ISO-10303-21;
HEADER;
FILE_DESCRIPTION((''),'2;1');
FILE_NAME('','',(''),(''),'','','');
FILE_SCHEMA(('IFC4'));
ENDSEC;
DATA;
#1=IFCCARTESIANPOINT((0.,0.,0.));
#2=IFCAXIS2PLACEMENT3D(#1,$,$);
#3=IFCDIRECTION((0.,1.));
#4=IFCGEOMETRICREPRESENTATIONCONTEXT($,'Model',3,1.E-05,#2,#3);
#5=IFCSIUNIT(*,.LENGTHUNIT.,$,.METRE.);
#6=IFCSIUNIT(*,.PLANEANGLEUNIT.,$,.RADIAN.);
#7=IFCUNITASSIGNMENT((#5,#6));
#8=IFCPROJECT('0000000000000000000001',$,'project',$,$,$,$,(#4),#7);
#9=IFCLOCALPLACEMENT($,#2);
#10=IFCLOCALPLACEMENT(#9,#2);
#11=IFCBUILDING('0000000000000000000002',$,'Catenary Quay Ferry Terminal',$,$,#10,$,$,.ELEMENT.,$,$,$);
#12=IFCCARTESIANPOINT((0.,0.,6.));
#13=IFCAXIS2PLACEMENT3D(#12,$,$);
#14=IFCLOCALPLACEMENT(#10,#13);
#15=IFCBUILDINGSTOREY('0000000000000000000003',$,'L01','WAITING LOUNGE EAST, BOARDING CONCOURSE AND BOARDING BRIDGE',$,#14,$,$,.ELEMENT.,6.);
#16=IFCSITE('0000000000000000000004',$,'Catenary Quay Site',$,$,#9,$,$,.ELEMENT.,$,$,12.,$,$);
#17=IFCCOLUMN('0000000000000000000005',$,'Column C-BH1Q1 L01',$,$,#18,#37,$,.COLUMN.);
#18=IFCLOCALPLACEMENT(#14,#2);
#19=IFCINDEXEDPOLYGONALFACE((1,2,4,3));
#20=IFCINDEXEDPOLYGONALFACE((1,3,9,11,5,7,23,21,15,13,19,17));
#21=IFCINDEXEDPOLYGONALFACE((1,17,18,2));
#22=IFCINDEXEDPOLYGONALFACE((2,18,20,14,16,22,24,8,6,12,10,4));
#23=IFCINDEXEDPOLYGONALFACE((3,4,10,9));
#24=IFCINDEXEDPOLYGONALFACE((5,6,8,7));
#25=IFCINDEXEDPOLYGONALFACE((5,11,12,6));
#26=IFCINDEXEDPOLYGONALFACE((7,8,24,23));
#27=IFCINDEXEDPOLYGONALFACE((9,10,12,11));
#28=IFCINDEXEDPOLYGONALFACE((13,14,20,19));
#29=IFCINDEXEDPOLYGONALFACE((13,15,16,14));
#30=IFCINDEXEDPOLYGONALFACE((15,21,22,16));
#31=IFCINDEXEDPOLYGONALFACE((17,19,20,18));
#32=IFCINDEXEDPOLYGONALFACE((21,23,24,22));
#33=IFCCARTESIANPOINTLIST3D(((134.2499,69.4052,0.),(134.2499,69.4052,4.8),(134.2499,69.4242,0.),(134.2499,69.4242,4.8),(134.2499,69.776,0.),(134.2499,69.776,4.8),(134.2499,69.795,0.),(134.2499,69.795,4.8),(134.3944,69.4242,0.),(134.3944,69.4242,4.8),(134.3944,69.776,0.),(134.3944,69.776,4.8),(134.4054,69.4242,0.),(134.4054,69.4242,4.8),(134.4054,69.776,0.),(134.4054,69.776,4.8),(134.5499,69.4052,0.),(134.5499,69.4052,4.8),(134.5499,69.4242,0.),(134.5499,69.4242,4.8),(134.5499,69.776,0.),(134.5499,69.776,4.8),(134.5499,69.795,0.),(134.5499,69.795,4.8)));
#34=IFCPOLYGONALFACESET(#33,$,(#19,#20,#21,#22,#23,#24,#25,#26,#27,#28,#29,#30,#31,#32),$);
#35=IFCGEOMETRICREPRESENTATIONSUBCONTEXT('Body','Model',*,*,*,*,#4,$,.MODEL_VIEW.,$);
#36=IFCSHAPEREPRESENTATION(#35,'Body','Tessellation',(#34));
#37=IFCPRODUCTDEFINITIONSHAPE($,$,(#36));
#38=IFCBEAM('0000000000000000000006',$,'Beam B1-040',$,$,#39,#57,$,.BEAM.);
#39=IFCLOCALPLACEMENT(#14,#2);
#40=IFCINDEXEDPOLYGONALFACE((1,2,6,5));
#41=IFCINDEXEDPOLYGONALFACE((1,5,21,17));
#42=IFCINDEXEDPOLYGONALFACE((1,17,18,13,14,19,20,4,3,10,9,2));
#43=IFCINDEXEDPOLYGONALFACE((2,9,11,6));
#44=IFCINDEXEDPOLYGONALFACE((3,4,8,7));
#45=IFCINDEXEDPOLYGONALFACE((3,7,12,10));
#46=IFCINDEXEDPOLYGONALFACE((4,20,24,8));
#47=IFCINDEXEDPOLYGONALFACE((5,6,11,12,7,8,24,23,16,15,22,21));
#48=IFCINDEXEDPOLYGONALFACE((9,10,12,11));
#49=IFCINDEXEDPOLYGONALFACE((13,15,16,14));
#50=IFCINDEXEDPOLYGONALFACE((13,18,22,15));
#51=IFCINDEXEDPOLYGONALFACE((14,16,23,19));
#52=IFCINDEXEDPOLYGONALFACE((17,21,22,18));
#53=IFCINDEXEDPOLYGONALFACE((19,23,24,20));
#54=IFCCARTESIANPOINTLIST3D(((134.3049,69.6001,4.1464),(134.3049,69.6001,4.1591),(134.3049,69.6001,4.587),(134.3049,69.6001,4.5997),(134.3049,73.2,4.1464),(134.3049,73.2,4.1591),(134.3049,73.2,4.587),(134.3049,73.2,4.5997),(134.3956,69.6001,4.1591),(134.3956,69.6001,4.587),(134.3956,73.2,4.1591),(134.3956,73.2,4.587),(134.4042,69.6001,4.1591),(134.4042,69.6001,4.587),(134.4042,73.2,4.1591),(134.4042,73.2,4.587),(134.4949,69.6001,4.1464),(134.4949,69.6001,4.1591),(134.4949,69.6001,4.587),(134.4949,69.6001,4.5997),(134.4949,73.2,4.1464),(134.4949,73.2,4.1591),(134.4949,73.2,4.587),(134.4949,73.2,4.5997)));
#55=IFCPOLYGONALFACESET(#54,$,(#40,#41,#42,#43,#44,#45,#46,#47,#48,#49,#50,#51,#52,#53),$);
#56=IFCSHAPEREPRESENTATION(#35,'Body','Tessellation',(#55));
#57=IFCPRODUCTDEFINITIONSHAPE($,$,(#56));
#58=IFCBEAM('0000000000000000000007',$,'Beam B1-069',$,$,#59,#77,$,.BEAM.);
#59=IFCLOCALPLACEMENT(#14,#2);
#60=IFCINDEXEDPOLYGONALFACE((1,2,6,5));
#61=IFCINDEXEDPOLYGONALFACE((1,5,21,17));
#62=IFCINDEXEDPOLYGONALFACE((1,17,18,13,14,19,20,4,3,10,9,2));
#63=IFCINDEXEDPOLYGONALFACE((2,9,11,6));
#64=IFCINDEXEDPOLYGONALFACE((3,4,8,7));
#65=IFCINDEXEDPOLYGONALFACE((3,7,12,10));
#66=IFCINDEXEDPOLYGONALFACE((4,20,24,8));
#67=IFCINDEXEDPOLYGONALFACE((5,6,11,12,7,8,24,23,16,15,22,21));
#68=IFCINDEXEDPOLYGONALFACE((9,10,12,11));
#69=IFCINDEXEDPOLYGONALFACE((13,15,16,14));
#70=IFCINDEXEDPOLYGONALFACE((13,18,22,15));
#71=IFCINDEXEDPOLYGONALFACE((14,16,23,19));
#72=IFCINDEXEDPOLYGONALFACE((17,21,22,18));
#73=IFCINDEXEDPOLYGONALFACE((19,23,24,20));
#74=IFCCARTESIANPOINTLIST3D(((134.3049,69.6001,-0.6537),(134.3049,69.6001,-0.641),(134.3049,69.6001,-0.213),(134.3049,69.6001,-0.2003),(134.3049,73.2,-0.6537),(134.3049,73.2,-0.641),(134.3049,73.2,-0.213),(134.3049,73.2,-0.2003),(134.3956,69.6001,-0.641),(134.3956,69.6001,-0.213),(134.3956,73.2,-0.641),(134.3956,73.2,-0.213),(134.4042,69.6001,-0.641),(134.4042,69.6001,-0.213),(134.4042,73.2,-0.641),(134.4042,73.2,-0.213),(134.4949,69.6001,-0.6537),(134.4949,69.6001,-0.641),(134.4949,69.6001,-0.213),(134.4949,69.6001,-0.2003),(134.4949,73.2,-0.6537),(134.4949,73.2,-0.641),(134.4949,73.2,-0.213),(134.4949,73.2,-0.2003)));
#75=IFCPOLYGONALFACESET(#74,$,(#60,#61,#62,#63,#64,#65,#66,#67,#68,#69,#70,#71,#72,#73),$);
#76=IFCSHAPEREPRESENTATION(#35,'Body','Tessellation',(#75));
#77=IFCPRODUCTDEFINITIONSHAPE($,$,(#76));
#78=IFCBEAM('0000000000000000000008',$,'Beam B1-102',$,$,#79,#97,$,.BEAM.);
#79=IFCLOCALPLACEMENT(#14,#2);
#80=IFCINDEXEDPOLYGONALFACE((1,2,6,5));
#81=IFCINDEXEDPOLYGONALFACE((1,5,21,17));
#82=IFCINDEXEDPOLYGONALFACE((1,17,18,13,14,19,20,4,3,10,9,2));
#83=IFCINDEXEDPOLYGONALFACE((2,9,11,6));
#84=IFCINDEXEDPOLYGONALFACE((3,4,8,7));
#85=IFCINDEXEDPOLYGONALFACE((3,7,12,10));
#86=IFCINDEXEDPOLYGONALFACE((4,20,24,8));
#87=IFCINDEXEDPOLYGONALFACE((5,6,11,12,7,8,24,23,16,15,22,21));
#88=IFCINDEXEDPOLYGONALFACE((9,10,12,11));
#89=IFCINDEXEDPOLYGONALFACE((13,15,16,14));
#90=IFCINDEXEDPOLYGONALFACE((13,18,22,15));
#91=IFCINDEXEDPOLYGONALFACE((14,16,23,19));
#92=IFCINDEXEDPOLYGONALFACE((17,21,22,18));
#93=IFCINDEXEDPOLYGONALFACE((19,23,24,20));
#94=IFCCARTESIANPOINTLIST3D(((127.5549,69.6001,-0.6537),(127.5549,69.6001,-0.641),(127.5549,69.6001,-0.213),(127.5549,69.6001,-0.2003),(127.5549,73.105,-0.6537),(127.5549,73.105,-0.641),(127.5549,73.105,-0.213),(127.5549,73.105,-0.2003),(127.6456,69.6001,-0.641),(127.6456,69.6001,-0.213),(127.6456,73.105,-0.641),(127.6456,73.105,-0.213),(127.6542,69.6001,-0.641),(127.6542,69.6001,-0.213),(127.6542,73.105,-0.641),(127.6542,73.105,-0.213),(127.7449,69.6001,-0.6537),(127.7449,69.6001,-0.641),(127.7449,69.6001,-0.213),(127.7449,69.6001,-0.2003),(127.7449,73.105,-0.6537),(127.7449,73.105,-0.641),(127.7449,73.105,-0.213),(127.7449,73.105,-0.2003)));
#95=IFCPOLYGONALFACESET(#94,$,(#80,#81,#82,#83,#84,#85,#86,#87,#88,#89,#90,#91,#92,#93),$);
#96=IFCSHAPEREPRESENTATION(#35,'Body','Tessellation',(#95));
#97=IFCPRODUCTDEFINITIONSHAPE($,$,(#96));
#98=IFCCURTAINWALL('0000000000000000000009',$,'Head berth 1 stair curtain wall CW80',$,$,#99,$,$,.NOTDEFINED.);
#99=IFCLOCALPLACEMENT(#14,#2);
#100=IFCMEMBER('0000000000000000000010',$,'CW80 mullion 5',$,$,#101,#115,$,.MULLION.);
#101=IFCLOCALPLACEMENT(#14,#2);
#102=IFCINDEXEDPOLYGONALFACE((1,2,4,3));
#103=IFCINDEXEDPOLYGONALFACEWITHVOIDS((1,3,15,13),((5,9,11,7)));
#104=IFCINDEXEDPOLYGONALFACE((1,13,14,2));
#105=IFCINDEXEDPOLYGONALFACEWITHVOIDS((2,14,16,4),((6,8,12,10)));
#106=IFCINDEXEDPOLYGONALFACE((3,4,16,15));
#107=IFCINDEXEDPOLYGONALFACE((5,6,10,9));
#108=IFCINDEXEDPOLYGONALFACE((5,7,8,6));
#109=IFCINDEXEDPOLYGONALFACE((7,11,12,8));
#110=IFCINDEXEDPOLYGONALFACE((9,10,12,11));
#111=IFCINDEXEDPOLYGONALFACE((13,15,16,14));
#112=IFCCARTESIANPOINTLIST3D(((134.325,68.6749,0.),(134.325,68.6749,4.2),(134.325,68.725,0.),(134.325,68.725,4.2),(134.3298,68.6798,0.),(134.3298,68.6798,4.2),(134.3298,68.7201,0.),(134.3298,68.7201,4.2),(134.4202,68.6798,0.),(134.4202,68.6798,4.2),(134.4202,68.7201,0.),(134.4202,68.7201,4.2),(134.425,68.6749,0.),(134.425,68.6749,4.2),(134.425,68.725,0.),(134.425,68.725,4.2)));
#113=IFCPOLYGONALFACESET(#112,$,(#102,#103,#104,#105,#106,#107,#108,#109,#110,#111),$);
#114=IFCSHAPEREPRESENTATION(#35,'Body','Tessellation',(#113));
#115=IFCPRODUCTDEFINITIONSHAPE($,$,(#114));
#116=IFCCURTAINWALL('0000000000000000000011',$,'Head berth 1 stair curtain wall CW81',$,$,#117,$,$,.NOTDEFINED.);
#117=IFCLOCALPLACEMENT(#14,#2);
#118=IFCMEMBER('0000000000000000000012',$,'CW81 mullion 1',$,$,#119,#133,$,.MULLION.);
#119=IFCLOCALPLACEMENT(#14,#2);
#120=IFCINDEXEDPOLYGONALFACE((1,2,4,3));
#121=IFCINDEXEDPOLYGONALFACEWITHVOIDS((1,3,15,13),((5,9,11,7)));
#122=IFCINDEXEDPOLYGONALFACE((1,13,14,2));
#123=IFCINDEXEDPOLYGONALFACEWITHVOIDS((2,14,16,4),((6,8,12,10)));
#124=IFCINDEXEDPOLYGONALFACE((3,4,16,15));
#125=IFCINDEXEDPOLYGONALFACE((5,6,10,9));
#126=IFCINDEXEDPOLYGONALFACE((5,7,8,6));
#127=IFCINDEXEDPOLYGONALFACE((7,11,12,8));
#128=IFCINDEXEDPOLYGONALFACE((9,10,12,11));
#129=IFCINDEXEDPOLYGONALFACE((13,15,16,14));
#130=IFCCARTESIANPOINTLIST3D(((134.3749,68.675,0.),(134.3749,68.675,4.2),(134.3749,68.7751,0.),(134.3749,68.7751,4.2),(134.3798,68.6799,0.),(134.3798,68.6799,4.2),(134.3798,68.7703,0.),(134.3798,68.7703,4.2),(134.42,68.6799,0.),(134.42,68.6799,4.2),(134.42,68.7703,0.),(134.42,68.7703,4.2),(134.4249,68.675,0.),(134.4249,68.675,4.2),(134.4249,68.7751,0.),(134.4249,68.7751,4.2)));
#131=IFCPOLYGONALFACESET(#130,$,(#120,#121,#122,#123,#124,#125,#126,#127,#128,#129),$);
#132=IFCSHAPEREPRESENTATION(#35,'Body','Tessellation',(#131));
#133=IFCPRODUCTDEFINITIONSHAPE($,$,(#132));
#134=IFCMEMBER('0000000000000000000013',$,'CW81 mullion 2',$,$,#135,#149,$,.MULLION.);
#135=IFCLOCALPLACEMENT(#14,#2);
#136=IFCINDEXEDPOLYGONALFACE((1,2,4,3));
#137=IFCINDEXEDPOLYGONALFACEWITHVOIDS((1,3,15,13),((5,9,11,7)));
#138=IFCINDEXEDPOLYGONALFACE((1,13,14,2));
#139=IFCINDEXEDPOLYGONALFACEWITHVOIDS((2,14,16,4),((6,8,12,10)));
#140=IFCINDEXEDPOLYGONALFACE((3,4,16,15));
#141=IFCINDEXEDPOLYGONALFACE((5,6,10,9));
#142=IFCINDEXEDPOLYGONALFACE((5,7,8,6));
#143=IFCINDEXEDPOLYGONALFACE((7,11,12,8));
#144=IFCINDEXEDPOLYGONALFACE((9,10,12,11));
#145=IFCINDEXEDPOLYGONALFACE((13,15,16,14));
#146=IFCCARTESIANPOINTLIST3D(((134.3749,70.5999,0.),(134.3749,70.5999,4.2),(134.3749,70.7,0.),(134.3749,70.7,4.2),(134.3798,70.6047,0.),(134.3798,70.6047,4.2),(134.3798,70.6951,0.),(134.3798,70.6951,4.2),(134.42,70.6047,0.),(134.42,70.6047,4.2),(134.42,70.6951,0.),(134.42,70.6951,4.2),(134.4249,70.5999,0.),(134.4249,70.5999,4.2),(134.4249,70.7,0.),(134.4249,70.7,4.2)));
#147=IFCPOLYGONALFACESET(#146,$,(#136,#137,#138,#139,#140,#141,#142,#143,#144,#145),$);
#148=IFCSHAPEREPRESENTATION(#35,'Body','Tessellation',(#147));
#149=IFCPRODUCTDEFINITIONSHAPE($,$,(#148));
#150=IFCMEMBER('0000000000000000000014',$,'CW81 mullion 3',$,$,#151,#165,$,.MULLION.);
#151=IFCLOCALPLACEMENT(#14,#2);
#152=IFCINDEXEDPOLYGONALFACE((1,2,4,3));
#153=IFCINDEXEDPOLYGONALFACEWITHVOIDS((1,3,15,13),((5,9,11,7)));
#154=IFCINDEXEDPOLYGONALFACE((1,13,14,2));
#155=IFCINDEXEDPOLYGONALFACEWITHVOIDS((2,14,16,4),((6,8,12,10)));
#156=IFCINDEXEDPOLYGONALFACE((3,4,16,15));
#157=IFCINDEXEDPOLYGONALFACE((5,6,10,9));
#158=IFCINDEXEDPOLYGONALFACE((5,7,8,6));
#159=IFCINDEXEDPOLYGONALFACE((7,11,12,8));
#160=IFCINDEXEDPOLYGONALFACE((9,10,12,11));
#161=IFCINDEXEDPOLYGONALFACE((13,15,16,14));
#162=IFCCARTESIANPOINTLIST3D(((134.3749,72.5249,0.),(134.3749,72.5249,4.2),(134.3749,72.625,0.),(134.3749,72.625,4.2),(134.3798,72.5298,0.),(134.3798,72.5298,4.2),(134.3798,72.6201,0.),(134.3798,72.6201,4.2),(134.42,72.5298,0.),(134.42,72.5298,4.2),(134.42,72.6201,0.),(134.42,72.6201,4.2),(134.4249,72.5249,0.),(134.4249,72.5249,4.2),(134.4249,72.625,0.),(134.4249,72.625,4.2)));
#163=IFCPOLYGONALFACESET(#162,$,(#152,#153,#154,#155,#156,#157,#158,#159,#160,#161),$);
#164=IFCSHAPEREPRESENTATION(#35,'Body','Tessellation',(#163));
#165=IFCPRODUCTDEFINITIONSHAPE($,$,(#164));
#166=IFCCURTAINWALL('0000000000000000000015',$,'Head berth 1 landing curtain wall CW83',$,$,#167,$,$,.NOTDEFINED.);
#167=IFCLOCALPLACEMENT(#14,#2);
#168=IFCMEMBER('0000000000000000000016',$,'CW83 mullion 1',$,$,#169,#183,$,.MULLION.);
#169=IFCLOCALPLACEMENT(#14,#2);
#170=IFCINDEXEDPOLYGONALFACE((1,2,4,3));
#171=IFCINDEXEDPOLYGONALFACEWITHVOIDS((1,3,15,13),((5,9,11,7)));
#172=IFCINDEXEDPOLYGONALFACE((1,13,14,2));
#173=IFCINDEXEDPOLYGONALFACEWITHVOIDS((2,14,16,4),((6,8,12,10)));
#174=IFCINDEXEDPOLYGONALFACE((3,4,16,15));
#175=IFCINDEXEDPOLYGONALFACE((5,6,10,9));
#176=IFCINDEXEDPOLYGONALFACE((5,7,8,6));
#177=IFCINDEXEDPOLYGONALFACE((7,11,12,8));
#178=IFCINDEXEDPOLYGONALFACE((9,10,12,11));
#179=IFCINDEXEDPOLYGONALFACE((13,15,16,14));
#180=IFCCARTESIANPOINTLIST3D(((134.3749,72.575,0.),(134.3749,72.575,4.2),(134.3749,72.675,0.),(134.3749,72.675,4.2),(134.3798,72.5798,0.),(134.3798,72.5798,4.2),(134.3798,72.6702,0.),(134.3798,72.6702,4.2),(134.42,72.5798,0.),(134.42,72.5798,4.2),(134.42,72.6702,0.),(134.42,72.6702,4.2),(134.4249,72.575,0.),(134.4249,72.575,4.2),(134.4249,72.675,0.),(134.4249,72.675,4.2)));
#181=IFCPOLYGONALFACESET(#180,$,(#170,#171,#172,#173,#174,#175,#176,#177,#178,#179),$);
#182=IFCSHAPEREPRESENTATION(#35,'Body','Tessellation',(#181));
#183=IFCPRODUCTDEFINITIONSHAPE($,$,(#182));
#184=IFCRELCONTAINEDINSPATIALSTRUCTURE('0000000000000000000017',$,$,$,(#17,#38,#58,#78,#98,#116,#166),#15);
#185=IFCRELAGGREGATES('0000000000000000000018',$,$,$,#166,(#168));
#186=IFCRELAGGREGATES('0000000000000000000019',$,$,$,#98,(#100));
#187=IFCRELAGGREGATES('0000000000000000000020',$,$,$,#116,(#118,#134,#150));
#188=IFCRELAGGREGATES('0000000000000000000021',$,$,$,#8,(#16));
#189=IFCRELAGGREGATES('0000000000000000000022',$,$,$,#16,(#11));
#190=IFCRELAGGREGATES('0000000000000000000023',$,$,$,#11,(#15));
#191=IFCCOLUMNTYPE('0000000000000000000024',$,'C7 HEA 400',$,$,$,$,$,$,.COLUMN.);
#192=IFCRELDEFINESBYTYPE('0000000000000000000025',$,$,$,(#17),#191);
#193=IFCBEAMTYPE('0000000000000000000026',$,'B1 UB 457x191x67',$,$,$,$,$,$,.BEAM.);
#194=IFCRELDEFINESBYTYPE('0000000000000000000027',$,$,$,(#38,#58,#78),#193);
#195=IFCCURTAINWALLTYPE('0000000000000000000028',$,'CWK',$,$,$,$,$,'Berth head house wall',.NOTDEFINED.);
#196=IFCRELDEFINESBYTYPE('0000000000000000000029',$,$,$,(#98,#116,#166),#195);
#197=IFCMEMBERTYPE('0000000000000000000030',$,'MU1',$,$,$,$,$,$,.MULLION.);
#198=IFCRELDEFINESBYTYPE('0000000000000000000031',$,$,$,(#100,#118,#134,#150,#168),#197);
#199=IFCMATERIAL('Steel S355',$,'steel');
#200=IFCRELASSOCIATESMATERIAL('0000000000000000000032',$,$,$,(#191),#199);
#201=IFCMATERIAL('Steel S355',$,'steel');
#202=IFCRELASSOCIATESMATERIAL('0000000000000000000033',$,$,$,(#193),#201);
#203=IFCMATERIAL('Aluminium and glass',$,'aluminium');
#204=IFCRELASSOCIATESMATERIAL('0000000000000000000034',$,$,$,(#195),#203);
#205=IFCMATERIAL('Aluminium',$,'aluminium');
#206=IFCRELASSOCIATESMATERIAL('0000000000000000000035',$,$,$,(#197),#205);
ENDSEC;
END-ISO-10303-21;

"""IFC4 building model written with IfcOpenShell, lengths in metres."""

from ifc_helpers import new_model, si_unit, direction, frame, origin, origin_2d, place, context, subcontext, project, spatial, hollow_rectangle, i_section, extrude, material, material_profile, profile_set, type_object, element, aggregate, save


model = new_model("IFC4")

# Units and contexts
model_context = context("Model", 3, precision=1e-05, world=origin(), true_north=direction((0.0, 1.0)))
body_context = subcontext(model_context, "Body", "Model", "MODEL_VIEW")
ifc_project = project(units=[si_unit("LENGTHUNIT", "METRE"), si_unit("PLANEANGLEUNIT", "RADIAN")], contexts=[model_context])

# Site, building, storey
site_placement = place(None, origin())
site = spatial("IfcSite", under=ifc_project, at=site_placement, Name="Catenary Quay Site", CompositionType="ELEMENT", RefElevation=12.0)
building_placement = place(site_placement, origin())
building = spatial("IfcBuilding", under=site, at=building_placement, Name="Catenary Quay Ferry Terminal", CompositionType="ELEMENT")
storey_placement = place(building_placement, frame((0.0, 0.0, 6.0)))
storey = spatial("IfcBuildingStorey", under=building, at=storey_placement, Name="L01", Description="WAITING LOUNGE EAST, BOARDING CONCOURSE AND BOARDING BRIDGE", CompositionType="ELEMENT", Elevation=6.0)

# Column
ifc_material_1 = material(Name="Steel S355", Category="steel")
ifc_material_profile_1 = material_profile(ifc_material_1, i_section(OverallWidth=0.3, OverallDepth=0.3899, WebThickness=0.011, FlangeThickness=0.019, at=origin_2d()), Name="HEA 400")
ifc_profile_set_1 = profile_set([ifc_material_profile_1], Name="Steel S355")
column_type = type_object("IfcColumnType", Name="C7 HEA 400", PredefinedType="COLUMN", material=ifc_profile_set_1)
column_placement = place(storey_placement, frame((134.3999, 69.6001, 0.0), z_axis=(0.0, 0.0, 1.0), x_axis=(1.0, 0.0, 0.0)))
element("IfcColumn", 1, at=column_placement, inside=storey, type_object=column_type, Name="Column C-BH1Q1 L01", PredefinedType="COLUMN", context=body_context, shape_type="SweptSolid", body=[
    extrude(i_section(OverallWidth=0.3, OverallDepth=0.3899, WebThickness=0.011, FlangeThickness=0.019, at=origin_2d()), origin(), (0.0, 0.0, 1.0), 4.8),
])

# Beams
ifc_material_2 = material(Name="Steel S355", Category="steel")
ifc_material_profile_2 = material_profile(ifc_material_2, i_section(OverallWidth=0.1899, OverallDepth=0.4534, WebThickness=0.0085, FlangeThickness=0.0127, at=origin_2d()), Name="UB 457x191x67")
ifc_profile_set_2 = profile_set([ifc_material_profile_2], Name="Steel S355")
beam_type = type_object("IfcBeamType", Name="B1 UB 457x191x67", PredefinedType="BEAM", material=ifc_profile_set_2)
for number, where, z_axis, x_axis, name in (
    (2, (134.3999, 69.6001, 4.373), (0.0, 1.0, 0.0), (-1.0, 0.0, 0.0), "Beam B1-040"),
    (3, (134.3999, 69.6001, -0.427), (0.0, 1.0, 0.0), (-1.0, 0.0, 0.0), "Beam B1-069"),
):
    element("IfcBeam", number, at=place(storey_placement, frame(where, z_axis=z_axis, x_axis=x_axis)), inside=storey, type_object=beam_type, Name=name, PredefinedType="BEAM", context=body_context, shape_type="SweptSolid", body=[
        extrude(i_section(OverallWidth=0.1899, OverallDepth=0.4534, WebThickness=0.0085, FlangeThickness=0.0127, at=origin_2d()), origin(), (0.0, 0.0, 1.0), 3.5999),
    ])
beam_placement = place(storey_placement, frame((127.6499, 69.6001, -0.427), z_axis=(0.0, 1.0, 0.0), x_axis=(-1.0, 0.0, 0.0)))
element("IfcBeam", 4, at=beam_placement, inside=storey, type_object=beam_type, Name="Beam B1-102", PredefinedType="BEAM", context=body_context, shape_type="SweptSolid", body=[
    extrude(i_section(OverallWidth=0.1899, OverallDepth=0.4534, WebThickness=0.0085, FlangeThickness=0.0127, at=origin_2d()), origin(), (0.0, 0.0, 1.0), 3.5049),
])

# Curtain wall, member
ifc_material_3 = material(Name="Aluminium and glass", Category="aluminium")
curtain_wall_type = type_object("IfcCurtainWallType", Name="CWK", ElementType="Berth head house wall", PredefinedType="NOTDEFINED", material=ifc_material_3)
curtain_wall_1_placement = place(storey_placement, origin())
curtain_wall_1 = element("IfcCurtainWall", 5, at=curtain_wall_1_placement, inside=storey, type_object=curtain_wall_type, Name="Head berth 1 stair curtain wall CW80", PredefinedType="NOTDEFINED")
ifc_material_4 = material(Name="Aluminium", Category="aluminium")
ifc_material_profile_3 = material_profile(ifc_material_4, hollow_rectangle(XDim=0.05, YDim=0.1001, WallThickness=0.0049, at=origin_2d()), Name="MU1")
ifc_profile_set_3 = profile_set([ifc_material_profile_3], Name="Aluminium")
member_type_1 = type_object("IfcMemberType", Name="MU1", PredefinedType="MULLION", material=ifc_profile_set_3)
member_1_placement = place(storey_placement, frame((134.375, 68.7, 0.0), z_axis=(0.0, 0.0, 1.0), x_axis=(0.0, 1.0, 0.0)))
member_1 = element("IfcMember", 6, at=member_1_placement, type_object=member_type_1, Name="CW80 mullion 5", PredefinedType="MULLION", context=body_context, shape_type="SweptSolid", body=[
    extrude(hollow_rectangle(XDim=0.05, YDim=0.1001, WallThickness=0.0049, at=origin_2d()), origin(), (0.0, 0.0, 1.0), 4.2),
])

# Curtain wall, members
curtain_wall_2_placement = place(storey_placement, origin())
curtain_wall_2 = element("IfcCurtainWall", 7, at=curtain_wall_2_placement, inside=storey, type_object=curtain_wall_type, Name="Head berth 1 stair curtain wall CW81", PredefinedType="NOTDEFINED")
member_2_placement = place(storey_placement, frame((134.3999, 68.7251, 0.0), z_axis=(0.0, 0.0, 1.0), x_axis=(-1.0, 0.0, 0.0)))
member_2 = element("IfcMember", 8, at=member_2_placement, type_object=member_type_1, Name="CW81 mullion 1", PredefinedType="MULLION", context=body_context, shape_type="SweptSolid", body=[
    extrude(hollow_rectangle(XDim=0.05, YDim=0.1001, WallThickness=0.0049, at=origin_2d()), origin(), (0.0, 0.0, 1.0), 4.2),
])
member_3_placement = place(storey_placement, frame((134.3999, 70.6499, 0.0), z_axis=(0.0, 0.0, 1.0), x_axis=(-1.0, 0.0, 0.0)))
member_3 = element("IfcMember", 9, at=member_3_placement, type_object=member_type_1, Name="CW81 mullion 2", PredefinedType="MULLION", context=body_context, shape_type="SweptSolid", body=[
    extrude(hollow_rectangle(XDim=0.05, YDim=0.1001, WallThickness=0.0049, at=origin_2d()), origin(), (0.0, 0.0, 1.0), 4.2),
])
member_4_placement = place(storey_placement, frame((134.3999, 72.575, 0.0), z_axis=(0.0, 0.0, 1.0), x_axis=(-1.0, 0.0, 0.0)))
member_4 = element("IfcMember", 10, at=member_4_placement, type_object=member_type_1, Name="CW81 mullion 3", PredefinedType="MULLION", context=body_context, shape_type="SweptSolid", body=[
    extrude(hollow_rectangle(XDim=0.05, YDim=0.1001, WallThickness=0.0049, at=origin_2d()), origin(), (0.0, 0.0, 1.0), 4.2),
])

# Curtain wall, member
curtain_wall_3_placement = place(storey_placement, origin())
curtain_wall_3 = element("IfcCurtainWall", 11, at=curtain_wall_3_placement, inside=storey, type_object=curtain_wall_type, Name="Head berth 1 landing curtain wall CW83", PredefinedType="NOTDEFINED")
member_5_placement = place(storey_placement, frame((134.3999, 72.625, 0.0), z_axis=(0.0, 0.0, 1.0), x_axis=(-1.0, 0.0, 0.0)))
member_5 = element("IfcMember", 12, at=member_5_placement, type_object=member_type_1, Name="CW83 mullion 1", PredefinedType="MULLION", context=body_context, shape_type="SweptSolid", body=[
    extrude(hollow_rectangle(XDim=0.05, YDim=0.1001, WallThickness=0.0049, at=origin_2d()), origin(), (0.0, 0.0, 1.0), 4.2),
])

aggregate(curtain_wall_3, [member_5])

aggregate(curtain_wall_1, [member_1])
aggregate(curtain_wall_2, [member_2, member_3, member_4])

save(model, "model.ifc")
